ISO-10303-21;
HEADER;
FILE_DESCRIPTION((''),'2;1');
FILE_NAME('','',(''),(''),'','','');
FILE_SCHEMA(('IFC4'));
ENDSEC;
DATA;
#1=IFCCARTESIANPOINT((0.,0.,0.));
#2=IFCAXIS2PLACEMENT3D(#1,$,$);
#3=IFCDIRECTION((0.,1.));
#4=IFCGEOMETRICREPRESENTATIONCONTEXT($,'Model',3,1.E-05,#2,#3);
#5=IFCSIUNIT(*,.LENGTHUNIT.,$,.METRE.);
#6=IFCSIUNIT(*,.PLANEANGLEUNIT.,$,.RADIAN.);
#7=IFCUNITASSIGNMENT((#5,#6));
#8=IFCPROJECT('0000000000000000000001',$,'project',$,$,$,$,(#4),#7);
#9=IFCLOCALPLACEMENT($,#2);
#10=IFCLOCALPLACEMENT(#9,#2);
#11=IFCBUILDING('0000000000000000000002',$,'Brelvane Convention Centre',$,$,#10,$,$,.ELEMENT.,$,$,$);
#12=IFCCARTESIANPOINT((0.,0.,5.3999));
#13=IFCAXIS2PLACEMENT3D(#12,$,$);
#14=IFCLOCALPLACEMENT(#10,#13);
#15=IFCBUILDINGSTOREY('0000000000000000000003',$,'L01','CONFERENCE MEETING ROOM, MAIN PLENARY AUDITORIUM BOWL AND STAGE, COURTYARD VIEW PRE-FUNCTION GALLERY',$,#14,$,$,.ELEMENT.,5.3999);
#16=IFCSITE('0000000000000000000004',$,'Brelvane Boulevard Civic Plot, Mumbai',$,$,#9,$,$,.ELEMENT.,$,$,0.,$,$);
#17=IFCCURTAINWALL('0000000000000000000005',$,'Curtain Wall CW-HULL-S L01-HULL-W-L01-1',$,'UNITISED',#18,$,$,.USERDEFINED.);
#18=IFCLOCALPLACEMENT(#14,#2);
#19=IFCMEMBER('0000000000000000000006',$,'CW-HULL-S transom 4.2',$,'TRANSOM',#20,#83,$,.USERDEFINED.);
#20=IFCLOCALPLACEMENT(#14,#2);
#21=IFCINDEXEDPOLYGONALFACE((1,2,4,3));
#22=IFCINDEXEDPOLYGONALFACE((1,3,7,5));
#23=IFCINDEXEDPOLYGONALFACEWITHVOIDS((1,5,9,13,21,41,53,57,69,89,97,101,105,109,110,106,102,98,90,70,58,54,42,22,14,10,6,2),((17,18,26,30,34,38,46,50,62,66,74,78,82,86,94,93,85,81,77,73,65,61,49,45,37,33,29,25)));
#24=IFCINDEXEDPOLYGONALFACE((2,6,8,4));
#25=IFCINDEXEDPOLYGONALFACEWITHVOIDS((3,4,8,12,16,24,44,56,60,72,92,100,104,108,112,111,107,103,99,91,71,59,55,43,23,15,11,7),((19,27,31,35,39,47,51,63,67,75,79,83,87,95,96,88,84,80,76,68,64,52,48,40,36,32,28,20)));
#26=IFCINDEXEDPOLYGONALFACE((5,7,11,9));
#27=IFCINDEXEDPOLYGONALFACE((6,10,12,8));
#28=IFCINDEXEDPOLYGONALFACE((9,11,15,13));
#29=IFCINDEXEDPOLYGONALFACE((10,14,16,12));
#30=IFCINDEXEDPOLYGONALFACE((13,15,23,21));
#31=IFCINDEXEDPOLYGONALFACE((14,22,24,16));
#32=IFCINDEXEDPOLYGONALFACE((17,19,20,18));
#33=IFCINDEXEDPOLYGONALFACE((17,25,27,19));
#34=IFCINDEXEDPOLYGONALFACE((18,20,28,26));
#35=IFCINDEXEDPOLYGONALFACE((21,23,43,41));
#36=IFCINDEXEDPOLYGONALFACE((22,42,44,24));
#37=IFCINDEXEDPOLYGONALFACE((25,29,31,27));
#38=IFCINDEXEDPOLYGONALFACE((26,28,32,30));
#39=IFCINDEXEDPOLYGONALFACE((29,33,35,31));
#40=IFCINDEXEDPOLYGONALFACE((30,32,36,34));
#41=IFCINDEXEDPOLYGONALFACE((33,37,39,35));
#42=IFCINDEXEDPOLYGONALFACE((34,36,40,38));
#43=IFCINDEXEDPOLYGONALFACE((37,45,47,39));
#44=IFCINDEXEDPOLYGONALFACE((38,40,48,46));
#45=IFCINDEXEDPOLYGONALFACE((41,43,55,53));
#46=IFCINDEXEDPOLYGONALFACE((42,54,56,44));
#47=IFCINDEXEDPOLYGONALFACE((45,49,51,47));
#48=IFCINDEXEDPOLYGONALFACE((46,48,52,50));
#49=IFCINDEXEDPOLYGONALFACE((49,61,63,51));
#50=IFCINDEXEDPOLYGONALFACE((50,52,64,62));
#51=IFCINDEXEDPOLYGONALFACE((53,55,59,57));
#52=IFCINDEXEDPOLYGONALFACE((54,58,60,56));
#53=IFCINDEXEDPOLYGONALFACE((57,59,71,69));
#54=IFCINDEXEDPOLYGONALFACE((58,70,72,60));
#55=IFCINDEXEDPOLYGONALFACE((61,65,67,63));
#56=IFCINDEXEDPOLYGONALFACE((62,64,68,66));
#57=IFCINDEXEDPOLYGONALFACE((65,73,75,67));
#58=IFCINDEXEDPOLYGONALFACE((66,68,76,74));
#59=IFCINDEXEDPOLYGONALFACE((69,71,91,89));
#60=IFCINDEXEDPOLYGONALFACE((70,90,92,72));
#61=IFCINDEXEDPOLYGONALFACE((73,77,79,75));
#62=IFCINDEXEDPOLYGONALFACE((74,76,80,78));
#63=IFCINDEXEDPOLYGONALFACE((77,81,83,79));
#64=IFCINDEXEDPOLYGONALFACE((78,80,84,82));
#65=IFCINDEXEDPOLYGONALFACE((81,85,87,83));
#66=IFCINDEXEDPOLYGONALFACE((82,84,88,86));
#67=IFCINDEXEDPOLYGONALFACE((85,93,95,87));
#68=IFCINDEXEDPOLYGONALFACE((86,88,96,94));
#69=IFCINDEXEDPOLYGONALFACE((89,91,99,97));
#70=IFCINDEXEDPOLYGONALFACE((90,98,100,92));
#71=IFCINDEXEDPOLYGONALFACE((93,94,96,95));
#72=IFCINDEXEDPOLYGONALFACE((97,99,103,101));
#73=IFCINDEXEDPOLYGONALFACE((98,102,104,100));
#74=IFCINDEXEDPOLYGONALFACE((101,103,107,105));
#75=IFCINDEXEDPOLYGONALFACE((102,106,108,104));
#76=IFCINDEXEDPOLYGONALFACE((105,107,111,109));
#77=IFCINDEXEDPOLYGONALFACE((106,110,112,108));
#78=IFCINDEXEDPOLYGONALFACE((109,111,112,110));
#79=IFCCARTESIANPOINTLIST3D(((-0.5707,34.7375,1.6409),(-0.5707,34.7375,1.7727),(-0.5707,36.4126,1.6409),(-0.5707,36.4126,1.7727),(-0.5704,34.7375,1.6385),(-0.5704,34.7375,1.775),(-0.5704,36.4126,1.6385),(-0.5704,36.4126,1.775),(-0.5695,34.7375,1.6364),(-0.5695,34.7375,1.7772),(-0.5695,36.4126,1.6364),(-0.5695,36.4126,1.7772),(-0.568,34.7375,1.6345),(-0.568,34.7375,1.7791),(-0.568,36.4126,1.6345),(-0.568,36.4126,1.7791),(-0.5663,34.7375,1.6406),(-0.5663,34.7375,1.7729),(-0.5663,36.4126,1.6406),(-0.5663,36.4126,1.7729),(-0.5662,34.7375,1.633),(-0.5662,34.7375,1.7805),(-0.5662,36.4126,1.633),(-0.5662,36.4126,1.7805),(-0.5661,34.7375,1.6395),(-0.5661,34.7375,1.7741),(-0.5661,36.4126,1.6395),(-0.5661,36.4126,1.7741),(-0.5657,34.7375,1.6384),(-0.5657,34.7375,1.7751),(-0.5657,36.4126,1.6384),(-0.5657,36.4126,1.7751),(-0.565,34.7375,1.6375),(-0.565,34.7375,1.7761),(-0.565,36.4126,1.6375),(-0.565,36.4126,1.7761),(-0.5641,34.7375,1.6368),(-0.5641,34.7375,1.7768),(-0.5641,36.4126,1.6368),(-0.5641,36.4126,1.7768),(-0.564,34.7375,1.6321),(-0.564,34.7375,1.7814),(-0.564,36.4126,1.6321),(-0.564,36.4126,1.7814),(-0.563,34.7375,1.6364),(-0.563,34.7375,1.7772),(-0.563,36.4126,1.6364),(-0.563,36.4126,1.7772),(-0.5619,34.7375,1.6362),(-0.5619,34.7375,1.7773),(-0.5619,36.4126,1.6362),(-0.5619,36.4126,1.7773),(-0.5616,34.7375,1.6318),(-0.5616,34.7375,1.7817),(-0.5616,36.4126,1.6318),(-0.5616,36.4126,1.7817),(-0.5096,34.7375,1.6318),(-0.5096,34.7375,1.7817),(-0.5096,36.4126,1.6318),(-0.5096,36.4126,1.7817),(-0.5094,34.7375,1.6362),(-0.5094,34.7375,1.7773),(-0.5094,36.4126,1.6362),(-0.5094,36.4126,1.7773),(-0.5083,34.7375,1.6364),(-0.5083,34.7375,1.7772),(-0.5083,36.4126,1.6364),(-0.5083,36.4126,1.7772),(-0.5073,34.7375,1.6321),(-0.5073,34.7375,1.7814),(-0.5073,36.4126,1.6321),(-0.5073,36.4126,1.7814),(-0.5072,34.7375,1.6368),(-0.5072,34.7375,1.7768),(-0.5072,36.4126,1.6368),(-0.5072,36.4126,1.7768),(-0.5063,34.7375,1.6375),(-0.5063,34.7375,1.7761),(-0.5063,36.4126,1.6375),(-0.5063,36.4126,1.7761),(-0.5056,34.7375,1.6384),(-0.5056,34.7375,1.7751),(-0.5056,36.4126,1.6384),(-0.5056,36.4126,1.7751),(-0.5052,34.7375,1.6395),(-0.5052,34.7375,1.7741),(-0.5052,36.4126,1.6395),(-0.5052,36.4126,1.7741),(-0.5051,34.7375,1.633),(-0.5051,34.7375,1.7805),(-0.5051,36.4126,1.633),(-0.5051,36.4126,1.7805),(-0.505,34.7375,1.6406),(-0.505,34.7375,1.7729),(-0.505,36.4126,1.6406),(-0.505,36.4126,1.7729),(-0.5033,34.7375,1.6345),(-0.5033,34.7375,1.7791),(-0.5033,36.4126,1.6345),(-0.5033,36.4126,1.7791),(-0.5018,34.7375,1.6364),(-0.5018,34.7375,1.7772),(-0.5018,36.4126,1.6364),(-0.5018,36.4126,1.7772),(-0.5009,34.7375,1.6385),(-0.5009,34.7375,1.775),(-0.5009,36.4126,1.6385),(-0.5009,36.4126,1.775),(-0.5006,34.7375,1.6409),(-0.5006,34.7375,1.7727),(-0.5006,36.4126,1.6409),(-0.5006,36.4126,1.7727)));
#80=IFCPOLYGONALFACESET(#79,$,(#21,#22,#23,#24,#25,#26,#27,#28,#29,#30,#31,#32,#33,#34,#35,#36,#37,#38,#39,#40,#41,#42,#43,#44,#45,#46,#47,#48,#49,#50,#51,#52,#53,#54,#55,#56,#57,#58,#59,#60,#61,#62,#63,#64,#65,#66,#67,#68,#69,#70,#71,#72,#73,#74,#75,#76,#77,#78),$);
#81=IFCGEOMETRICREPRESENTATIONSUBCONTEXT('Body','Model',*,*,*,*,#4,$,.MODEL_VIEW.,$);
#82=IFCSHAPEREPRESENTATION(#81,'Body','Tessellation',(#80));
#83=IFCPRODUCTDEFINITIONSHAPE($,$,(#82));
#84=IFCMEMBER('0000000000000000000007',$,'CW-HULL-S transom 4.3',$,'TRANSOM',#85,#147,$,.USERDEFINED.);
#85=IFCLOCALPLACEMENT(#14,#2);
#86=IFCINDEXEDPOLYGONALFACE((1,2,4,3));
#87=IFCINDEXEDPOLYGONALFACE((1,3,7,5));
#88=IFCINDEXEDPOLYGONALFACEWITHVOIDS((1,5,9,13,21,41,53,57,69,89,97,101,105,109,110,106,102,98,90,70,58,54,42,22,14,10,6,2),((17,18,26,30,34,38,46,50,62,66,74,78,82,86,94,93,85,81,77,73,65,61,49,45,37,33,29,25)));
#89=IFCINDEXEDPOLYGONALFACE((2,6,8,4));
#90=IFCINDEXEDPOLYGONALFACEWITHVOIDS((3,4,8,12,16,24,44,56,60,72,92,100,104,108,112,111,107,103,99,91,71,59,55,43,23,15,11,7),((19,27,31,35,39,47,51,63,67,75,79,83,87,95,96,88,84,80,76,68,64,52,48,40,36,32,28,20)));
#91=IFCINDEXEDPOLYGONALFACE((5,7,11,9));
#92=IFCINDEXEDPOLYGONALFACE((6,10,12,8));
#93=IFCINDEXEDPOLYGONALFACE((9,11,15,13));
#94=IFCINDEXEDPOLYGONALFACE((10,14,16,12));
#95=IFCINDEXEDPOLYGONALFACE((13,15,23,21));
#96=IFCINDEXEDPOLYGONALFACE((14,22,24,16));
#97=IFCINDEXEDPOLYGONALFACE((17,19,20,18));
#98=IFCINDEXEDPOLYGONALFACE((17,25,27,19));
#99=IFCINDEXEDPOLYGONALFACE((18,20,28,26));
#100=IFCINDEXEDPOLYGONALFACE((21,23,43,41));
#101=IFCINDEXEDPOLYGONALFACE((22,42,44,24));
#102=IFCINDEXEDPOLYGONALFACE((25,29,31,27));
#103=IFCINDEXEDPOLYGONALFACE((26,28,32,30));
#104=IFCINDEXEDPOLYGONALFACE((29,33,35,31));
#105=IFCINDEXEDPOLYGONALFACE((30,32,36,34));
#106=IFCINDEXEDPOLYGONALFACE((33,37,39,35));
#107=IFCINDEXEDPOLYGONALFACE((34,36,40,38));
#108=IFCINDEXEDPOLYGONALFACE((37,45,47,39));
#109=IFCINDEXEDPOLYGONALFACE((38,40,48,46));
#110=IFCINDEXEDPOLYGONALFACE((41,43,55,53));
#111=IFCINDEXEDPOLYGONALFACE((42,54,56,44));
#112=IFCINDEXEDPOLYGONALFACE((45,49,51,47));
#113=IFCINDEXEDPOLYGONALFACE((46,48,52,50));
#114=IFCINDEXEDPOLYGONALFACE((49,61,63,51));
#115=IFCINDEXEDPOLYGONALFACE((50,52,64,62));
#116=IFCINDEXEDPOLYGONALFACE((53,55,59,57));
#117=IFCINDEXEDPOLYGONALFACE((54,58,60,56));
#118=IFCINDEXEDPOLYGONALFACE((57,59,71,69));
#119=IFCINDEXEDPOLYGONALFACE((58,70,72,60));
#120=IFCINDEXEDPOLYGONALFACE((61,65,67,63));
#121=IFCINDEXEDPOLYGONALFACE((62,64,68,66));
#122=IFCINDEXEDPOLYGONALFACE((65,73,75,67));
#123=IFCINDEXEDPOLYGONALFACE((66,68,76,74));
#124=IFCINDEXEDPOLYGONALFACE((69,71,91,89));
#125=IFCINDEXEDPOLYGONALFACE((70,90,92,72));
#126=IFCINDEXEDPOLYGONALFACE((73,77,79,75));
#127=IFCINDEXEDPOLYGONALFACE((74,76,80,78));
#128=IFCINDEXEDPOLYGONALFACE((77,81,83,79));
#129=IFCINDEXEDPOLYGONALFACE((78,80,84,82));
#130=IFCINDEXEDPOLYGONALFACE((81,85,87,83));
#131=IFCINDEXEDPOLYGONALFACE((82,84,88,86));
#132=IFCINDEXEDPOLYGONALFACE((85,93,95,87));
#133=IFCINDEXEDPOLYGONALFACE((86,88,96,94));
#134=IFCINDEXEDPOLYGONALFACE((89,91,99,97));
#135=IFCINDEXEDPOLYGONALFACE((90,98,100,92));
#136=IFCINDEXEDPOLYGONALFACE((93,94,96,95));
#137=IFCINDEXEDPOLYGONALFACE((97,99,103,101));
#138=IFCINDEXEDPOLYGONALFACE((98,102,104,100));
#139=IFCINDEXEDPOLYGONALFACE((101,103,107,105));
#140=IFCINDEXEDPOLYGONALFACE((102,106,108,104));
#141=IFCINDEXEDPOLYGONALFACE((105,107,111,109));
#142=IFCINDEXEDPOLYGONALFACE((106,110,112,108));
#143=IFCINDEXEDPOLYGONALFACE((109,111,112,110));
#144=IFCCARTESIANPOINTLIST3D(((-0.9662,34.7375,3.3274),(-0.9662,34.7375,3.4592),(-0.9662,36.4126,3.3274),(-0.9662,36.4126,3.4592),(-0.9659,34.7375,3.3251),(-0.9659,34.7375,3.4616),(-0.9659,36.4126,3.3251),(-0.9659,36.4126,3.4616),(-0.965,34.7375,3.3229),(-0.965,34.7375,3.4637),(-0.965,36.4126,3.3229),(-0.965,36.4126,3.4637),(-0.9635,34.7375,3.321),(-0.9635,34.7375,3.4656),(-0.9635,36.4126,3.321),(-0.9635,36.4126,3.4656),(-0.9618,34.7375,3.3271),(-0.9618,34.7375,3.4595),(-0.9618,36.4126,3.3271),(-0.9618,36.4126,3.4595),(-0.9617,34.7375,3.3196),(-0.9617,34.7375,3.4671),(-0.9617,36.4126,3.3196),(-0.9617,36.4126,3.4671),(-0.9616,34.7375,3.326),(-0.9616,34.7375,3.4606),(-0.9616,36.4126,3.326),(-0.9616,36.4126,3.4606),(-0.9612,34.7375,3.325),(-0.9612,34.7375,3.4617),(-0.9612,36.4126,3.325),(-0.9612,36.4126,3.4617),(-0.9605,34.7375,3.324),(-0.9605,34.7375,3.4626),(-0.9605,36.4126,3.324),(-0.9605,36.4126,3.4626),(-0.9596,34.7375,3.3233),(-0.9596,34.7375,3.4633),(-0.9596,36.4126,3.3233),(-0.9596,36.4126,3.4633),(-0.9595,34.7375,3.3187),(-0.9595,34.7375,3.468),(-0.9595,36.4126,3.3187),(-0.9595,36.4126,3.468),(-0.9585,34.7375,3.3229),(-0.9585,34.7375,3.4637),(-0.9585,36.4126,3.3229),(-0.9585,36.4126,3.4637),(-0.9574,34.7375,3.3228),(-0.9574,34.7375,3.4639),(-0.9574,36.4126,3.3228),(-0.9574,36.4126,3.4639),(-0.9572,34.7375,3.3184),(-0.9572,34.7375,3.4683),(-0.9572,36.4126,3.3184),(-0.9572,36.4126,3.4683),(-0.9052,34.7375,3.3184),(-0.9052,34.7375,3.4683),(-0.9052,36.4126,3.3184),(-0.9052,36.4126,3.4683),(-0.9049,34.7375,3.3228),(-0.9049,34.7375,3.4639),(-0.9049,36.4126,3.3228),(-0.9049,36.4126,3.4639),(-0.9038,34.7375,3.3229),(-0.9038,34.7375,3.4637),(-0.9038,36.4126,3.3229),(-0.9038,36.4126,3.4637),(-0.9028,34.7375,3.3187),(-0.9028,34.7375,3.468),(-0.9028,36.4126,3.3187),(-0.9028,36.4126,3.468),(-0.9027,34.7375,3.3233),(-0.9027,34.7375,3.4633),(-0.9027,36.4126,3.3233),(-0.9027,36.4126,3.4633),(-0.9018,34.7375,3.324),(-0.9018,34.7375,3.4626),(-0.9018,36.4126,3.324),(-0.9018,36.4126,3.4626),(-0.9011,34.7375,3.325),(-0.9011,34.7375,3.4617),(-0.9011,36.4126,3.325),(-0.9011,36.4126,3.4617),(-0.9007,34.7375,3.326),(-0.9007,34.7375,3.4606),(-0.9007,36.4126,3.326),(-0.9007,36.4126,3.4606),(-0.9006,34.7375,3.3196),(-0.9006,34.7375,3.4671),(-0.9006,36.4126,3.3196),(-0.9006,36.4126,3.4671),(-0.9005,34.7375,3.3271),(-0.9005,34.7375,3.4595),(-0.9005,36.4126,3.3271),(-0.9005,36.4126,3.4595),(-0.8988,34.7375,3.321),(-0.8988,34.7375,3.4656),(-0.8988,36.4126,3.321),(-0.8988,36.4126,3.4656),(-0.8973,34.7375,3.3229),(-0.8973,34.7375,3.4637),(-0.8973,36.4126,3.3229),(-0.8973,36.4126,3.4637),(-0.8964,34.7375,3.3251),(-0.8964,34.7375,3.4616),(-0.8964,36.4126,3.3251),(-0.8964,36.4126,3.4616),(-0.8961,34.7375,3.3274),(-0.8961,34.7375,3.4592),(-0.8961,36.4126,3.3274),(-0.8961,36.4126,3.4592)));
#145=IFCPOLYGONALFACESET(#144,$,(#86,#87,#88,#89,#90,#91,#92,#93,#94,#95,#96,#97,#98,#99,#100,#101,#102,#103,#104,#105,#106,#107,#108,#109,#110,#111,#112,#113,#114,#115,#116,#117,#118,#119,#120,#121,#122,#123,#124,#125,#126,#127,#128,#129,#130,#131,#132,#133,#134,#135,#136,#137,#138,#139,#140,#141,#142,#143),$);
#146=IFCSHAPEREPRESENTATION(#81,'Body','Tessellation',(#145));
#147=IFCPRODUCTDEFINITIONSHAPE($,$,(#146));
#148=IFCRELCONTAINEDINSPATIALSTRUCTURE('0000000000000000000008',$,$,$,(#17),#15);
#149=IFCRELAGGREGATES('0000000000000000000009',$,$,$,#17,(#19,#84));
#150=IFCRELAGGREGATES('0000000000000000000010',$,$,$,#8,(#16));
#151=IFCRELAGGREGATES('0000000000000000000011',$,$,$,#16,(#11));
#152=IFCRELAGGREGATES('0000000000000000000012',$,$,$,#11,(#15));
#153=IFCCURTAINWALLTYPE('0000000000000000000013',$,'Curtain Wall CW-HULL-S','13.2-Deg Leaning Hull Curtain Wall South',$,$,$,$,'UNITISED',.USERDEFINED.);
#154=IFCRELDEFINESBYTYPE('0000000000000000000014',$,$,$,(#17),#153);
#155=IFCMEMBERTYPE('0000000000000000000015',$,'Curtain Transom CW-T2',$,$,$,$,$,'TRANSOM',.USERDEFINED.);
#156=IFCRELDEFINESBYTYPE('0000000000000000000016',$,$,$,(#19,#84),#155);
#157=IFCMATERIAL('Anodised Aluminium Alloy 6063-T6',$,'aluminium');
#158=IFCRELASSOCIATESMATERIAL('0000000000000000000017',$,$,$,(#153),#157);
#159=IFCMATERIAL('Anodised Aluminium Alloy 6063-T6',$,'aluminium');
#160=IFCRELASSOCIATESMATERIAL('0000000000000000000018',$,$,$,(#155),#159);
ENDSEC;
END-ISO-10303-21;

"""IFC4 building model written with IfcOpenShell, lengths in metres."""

from ifc_helpers import new_model, si_unit, direction, frame, origin, origin_2d, place, context, subcontext, project, spatial, hollow_rectangle, extrude, material, material_profile, profile_set, type_object, element, aggregate, save


model = new_model("IFC4")

# Units and contexts
model_context = context("Model", 3, precision=1e-05, world=origin(), true_north=direction((0.0, 1.0)))
body_context = subcontext(model_context, "Body", "Model", "MODEL_VIEW")
ifc_project = project(units=[si_unit("LENGTHUNIT", "METRE"), si_unit("PLANEANGLEUNIT", "RADIAN")], contexts=[model_context])

# Site, building, storey
site_placement = place(None, origin())
site = spatial("IfcSite", under=ifc_project, at=site_placement, Name="Brelvane Boulevard Civic Plot, Mumbai", CompositionType="ELEMENT", RefElevation=0.0)
building_placement = place(site_placement, origin())
building = spatial("IfcBuilding", under=site, at=building_placement, Name="Brelvane Convention Centre", CompositionType="ELEMENT")
storey_placement = place(building_placement, frame((0.0, 0.0, 5.3999)))
storey = spatial("IfcBuildingStorey", under=building, at=storey_placement, Name="L01", Description="CONFERENCE MEETING ROOM, MAIN PLENARY AUDITORIUM BOWL AND STAGE, COURTYARD VIEW PRE-FUNCTION GALLERY", CompositionType="ELEMENT", Elevation=5.3999)

# Curtain wall, members
ifc_material_1 = material(Name="Anodised Aluminium Alloy 6063-T6", Category="aluminium")
curtain_wall_type = type_object("IfcCurtainWallType", Name="Curtain Wall CW-HULL-S", Description="13.2-Deg Leaning Hull Curtain Wall South", ElementType="UNITISED", PredefinedType="USERDEFINED", material=ifc_material_1)
curtain_wall_placement = place(storey_placement, origin())
curtain_wall = element("IfcCurtainWall", 1, at=curtain_wall_placement, inside=storey, type_object=curtain_wall_type, Name="Curtain Wall CW-HULL-S L01-HULL-W-L01-1", ObjectType="UNITISED", PredefinedType="USERDEFINED")
ifc_material_2 = material(Name="Anodised Aluminium Alloy 6063-T6", Category="aluminium")
ifc_material_profile_1 = material_profile(ifc_material_2, hollow_rectangle(XDim=0.0701, YDim=0.1499, WallThickness=0.0044, InnerFilletRadius=0.0044, OuterFilletRadius=0.009, at=origin_2d()), Name="ALU-T 150x70x4.5")
ifc_profile_set_1 = profile_set([ifc_material_profile_1], Name="Anodised Aluminium Alloy 6063-T6")
member_type_1 = type_object("IfcMemberType", Name="Curtain Transom CW-T2", ElementType="TRANSOM", PredefinedType="USERDEFINED", material=ifc_profile_set_1)
member_1_placement = place(storey_placement, frame((-0.5356, 34.7375, 1.7068), z_axis=(0.0, 1.0, 0.0), x_axis=(-1.0, 0.0, 0.0)))
member_1 = element("IfcMember", 2, at=member_1_placement, type_object=member_type_1, Name="CW-HULL-S transom 4.2", ObjectType="TRANSOM", PredefinedType="USERDEFINED", context=body_context, shape_type="SweptSolid", body=[
    extrude(hollow_rectangle(XDim=0.0701, YDim=0.1499, WallThickness=0.0044, InnerFilletRadius=0.0044, OuterFilletRadius=0.009, at=origin_2d()), origin(), (0.0, 0.0, 1.0), 1.675),
])
member_2_placement = place(storey_placement, frame((-0.9312, 34.7375, 3.3933), z_axis=(0.0, 1.0, 0.0), x_axis=(-1.0, 0.0, 0.0)))
member_2 = element("IfcMember", 3, at=member_2_placement, type_object=member_type_1, Name="CW-HULL-S transom 4.3", ObjectType="TRANSOM", PredefinedType="USERDEFINED", context=body_context, shape_type="SweptSolid", body=[
    extrude(hollow_rectangle(XDim=0.0701, YDim=0.1499, WallThickness=0.0044, InnerFilletRadius=0.0044, OuterFilletRadius=0.009, at=origin_2d()), origin(), (0.0, 0.0, 1.0), 1.675),
])
aggregate(curtain_wall, [member_1, member_2])

save(model, "model.ifc")
